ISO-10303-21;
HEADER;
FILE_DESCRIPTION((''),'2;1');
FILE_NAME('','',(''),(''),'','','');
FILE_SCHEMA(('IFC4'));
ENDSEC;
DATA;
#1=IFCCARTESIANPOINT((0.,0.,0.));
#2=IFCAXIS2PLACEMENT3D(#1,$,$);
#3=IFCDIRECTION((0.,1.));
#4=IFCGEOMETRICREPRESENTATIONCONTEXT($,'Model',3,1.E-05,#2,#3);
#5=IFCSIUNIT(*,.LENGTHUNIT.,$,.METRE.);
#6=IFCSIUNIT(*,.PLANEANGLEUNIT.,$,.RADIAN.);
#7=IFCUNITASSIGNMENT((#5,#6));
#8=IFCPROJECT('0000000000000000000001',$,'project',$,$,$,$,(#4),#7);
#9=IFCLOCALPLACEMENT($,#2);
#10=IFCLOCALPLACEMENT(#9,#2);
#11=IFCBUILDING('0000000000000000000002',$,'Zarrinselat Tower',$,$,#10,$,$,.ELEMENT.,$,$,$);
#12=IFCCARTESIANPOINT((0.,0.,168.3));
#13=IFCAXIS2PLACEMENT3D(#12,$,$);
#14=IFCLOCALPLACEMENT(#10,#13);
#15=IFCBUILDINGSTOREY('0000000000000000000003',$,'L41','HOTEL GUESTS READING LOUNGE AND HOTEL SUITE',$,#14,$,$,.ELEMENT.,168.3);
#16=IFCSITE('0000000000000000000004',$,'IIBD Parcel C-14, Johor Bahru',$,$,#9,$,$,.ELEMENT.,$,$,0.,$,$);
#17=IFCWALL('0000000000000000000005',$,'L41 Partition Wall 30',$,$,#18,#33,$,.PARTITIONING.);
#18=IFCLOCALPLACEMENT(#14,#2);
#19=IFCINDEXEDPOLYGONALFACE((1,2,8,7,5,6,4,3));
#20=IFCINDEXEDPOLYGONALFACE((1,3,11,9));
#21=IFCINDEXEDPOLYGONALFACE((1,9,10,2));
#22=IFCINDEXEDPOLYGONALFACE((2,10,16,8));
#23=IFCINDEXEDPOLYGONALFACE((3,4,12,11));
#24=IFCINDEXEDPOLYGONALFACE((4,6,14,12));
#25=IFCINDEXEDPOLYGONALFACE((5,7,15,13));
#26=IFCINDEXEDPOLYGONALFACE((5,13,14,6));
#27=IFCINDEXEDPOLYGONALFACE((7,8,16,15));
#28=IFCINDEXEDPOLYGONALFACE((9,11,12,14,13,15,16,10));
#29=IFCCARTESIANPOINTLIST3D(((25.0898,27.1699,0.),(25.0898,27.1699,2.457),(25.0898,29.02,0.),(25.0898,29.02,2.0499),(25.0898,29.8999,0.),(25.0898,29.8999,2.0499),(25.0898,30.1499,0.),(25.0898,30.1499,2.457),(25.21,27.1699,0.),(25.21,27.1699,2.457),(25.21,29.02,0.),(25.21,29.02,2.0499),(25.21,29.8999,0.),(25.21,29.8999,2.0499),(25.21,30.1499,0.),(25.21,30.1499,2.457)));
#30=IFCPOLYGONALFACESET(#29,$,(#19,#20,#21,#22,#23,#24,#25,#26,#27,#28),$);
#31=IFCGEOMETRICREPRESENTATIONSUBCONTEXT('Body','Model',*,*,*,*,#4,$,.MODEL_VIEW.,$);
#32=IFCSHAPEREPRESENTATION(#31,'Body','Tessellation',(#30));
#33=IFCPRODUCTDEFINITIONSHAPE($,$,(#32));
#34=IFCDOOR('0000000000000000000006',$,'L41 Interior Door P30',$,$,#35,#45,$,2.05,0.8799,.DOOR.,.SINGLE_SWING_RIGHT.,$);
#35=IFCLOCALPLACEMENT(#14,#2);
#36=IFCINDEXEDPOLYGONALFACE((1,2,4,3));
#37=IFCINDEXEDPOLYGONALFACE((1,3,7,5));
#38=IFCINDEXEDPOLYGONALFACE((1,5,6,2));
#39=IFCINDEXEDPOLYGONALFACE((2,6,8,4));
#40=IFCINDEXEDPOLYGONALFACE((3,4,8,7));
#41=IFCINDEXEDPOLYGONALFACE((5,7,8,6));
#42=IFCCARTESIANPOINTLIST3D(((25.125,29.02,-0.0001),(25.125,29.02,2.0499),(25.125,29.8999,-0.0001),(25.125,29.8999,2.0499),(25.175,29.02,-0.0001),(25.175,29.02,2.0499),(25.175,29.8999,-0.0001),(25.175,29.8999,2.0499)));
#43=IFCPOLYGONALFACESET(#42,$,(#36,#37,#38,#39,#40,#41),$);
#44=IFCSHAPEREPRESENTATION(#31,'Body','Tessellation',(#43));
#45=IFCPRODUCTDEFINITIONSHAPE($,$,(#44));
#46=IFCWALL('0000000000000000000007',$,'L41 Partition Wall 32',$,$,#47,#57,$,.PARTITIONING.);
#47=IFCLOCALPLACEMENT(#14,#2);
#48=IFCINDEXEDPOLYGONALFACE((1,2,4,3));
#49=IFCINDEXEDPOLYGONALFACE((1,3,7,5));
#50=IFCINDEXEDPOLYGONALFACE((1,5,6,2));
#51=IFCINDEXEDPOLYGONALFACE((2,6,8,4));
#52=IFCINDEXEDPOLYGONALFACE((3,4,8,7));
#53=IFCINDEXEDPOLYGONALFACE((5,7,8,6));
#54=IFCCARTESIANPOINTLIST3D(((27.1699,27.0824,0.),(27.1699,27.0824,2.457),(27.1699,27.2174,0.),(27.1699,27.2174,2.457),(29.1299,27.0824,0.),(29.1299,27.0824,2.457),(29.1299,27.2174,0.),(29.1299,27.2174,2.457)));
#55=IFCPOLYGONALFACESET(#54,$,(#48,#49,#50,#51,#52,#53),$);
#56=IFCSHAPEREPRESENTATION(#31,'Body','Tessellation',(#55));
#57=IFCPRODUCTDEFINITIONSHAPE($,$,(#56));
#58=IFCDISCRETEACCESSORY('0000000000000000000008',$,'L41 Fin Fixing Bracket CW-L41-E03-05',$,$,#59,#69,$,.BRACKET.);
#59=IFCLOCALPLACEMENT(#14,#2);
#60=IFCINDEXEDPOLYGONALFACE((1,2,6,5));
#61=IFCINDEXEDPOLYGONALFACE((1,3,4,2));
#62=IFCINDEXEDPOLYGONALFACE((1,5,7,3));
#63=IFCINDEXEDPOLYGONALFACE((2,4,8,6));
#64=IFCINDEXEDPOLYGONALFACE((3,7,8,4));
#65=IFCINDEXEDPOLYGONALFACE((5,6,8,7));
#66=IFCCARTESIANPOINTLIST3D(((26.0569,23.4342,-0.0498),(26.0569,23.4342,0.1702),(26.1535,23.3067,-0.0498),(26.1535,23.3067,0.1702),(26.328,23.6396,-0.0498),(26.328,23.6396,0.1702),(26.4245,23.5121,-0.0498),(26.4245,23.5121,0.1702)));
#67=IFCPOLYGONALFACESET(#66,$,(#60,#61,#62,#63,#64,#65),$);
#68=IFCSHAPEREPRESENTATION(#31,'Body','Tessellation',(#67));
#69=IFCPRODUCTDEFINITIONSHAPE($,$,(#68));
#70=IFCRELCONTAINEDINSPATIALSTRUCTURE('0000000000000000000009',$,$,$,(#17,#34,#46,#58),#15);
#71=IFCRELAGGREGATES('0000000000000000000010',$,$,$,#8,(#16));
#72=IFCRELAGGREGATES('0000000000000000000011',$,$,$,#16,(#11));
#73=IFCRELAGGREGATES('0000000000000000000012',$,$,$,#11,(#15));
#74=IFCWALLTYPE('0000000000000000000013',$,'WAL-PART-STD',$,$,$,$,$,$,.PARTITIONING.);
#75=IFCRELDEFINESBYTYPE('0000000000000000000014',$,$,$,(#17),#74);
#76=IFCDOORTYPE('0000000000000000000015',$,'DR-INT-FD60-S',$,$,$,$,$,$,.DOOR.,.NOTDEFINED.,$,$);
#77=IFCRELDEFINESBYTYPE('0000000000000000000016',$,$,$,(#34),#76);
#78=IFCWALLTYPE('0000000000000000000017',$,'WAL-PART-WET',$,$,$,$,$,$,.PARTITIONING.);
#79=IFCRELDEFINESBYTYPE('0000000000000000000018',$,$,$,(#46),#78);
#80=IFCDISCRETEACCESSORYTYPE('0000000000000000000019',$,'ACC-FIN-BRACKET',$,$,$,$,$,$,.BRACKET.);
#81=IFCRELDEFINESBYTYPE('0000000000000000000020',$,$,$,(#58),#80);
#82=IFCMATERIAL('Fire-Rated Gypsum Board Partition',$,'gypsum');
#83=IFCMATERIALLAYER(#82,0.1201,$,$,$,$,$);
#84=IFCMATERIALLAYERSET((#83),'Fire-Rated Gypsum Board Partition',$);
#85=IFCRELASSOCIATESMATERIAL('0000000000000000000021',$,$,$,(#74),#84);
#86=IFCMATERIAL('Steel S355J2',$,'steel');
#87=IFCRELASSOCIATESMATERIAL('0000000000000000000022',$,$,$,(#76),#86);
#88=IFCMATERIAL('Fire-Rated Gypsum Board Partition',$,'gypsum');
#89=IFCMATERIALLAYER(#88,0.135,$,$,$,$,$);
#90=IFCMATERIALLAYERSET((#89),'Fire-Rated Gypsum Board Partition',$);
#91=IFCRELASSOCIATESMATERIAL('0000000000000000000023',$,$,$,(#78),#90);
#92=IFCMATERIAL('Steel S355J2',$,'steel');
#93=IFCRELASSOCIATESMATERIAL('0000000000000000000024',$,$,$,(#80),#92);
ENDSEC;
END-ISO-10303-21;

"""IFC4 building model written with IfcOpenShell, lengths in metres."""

from ifc_helpers import new_model, si_unit, direction, frame, frame_2d, origin, origin_2d, place, context, subcontext, project, spatial, rectangle, extrude, material, layer, layer_set, type_object, element, fill, save


model = new_model("IFC4")

# Units and contexts
model_context = context("Model", 3, precision=1e-05, world=origin(), true_north=direction((0.0, 1.0)))
body_context = subcontext(model_context, "Body", "Model", "MODEL_VIEW")
ifc_project = project(units=[si_unit("LENGTHUNIT", "METRE"), si_unit("PLANEANGLEUNIT", "RADIAN")], contexts=[model_context])

# Site, building, storey
site_placement = place(None, origin())
site = spatial("IfcSite", under=ifc_project, at=site_placement, Name="IIBD Parcel C-14, Johor Bahru", CompositionType="ELEMENT", RefElevation=0.0)
building_placement = place(site_placement, origin())
building = spatial("IfcBuilding", under=site, at=building_placement, Name="Zarrinselat Tower", CompositionType="ELEMENT")
storey_placement = place(building_placement, frame((0.0, 0.0, 168.3)))
storey = spatial("IfcBuildingStorey", under=building, at=storey_placement, Name="L41", Description="HOTEL GUESTS READING LOUNGE AND HOTEL SUITE", CompositionType="ELEMENT", Elevation=168.3)

# Shared definitions
ifc_material_1 = material(Name="Fire-Rated Gypsum Board Partition", Category="gypsum")
ifc_layer_1 = layer(ifc_material_1, 0.1201)
ifc_layer_set_1 = layer_set([ifc_layer_1], Name="Fire-Rated Gypsum Board Partition")
wall_type_1 = type_object("IfcWallType", Name="WAL-PART-STD", PredefinedType="PARTITIONING", material=ifc_layer_set_1)

# Wall, opening, door
wall_1_placement = place(storey_placement, frame((25.1499, 27.1699, 0.0), z_axis=(0.0, 0.0, 1.0), x_axis=(0.0, 1.0, 0.0)))
wall_1 = element("IfcWall", 1, at=wall_1_placement, inside=storey, type_object=wall_type_1, Name="L41 Partition Wall 30", PredefinedType="PARTITIONING", context=body_context, shape_type="SweptSolid", body=[
    extrude(rectangle(XDim=2.98, YDim=0.1201, at=frame_2d((1.49, 0.0))), origin(), (0.0, 0.0, 1.0), 2.457),
])
opening_placement = place(wall_1_placement, frame((1.8501, 0.0, 0.0)))
opening = element("IfcOpeningElement", 2, at=opening_placement, cuts=wall_1, PredefinedType="OPENING", context=body_context, shape_type="SweptSolid", body=[
    extrude(rectangle(XDim=0.8799, YDim=2.05, at=frame_2d((0.4399, 1.0249))), frame((0.0, 0.0701, 0.0), z_axis=(0.0, -1.0, 0.0), x_axis=(1.0, 0.0, 0.0)), (0.0, 0.0, 1.0), 0.1401),
])
ifc_material_2 = material(Name="Steel S355J2", Category="steel")
door_type = type_object("IfcDoorType", Name="DR-INT-FD60-S", OperationType="NOTDEFINED", PredefinedType="DOOR", material=ifc_material_2)
door_placement = place(opening_placement, origin())
door = element("IfcDoor", 3, at=door_placement, inside=storey, type_object=door_type, Name="L41 Interior Door P30", OperationType="SINGLE_SWING_RIGHT", OverallHeight=2.05, OverallWidth=0.8799, PredefinedType="DOOR", context=body_context, shape_type="SweptSolid", body=[
    extrude(rectangle(XDim=0.8799, YDim=2.05, at=frame_2d((0.4399, 1.0249))), frame((0.0, 0.0249, 0.0), z_axis=(0.0, -1.0, 0.0), x_axis=(1.0, 0.0, 0.0)), (0.0, 0.0, 1.0), 0.05),
])
fill(opening, door)

# Wall
ifc_material_3 = material(Name="Fire-Rated Gypsum Board Partition", Category="gypsum")
ifc_layer_2 = layer(ifc_material_3, 0.135)
ifc_layer_set_2 = layer_set([ifc_layer_2], Name="Fire-Rated Gypsum Board Partition")
wall_type_2 = type_object("IfcWallType", Name="WAL-PART-WET", PredefinedType="PARTITIONING", material=ifc_layer_set_2)
wall_2_placement = place(storey_placement, frame((27.1699, 27.1499, 0.0), z_axis=(0.0, 0.0, 1.0), x_axis=(1.0, 0.0, 0.0)))
element("IfcWall", 4, at=wall_2_placement, inside=storey, type_object=wall_type_2, Name="L41 Partition Wall 32", PredefinedType="PARTITIONING", context=body_context, shape_type="SweptSolid", body=[
    extrude(rectangle(XDim=1.96, YDim=0.135, at=frame_2d((0.98, 0.0))), origin(), (0.0, 0.0, 1.0), 2.457),
])

# Discrete accessory
ifc_material_4 = material(Name="Steel S355J2", Category="steel")
discrete_accessory_type = type_object("IfcDiscreteAccessoryType", Name="ACC-FIN-BRACKET", PredefinedType="BRACKET", material=ifc_material_4)
discrete_accessory_placement = place(storey_placement, frame((26.2407, 23.4731, -0.0498), z_axis=(0.0, 0.0, 1.0), x_axis=(-0.797092, -0.603858, 0.0)))
element("IfcDiscreteAccessory", 5, at=discrete_accessory_placement, inside=storey, type_object=discrete_accessory_type, Name="L41 Fin Fixing Bracket CW-L41-E03-05", PredefinedType="BRACKET", context=body_context, shape_type="SweptSolid", body=[
    extrude(rectangle(XDim=0.3401, YDim=0.1599, at=origin_2d()), origin(), (0.0, 0.0, 1.0), 0.22),
])

save(model, "model.ifc")
